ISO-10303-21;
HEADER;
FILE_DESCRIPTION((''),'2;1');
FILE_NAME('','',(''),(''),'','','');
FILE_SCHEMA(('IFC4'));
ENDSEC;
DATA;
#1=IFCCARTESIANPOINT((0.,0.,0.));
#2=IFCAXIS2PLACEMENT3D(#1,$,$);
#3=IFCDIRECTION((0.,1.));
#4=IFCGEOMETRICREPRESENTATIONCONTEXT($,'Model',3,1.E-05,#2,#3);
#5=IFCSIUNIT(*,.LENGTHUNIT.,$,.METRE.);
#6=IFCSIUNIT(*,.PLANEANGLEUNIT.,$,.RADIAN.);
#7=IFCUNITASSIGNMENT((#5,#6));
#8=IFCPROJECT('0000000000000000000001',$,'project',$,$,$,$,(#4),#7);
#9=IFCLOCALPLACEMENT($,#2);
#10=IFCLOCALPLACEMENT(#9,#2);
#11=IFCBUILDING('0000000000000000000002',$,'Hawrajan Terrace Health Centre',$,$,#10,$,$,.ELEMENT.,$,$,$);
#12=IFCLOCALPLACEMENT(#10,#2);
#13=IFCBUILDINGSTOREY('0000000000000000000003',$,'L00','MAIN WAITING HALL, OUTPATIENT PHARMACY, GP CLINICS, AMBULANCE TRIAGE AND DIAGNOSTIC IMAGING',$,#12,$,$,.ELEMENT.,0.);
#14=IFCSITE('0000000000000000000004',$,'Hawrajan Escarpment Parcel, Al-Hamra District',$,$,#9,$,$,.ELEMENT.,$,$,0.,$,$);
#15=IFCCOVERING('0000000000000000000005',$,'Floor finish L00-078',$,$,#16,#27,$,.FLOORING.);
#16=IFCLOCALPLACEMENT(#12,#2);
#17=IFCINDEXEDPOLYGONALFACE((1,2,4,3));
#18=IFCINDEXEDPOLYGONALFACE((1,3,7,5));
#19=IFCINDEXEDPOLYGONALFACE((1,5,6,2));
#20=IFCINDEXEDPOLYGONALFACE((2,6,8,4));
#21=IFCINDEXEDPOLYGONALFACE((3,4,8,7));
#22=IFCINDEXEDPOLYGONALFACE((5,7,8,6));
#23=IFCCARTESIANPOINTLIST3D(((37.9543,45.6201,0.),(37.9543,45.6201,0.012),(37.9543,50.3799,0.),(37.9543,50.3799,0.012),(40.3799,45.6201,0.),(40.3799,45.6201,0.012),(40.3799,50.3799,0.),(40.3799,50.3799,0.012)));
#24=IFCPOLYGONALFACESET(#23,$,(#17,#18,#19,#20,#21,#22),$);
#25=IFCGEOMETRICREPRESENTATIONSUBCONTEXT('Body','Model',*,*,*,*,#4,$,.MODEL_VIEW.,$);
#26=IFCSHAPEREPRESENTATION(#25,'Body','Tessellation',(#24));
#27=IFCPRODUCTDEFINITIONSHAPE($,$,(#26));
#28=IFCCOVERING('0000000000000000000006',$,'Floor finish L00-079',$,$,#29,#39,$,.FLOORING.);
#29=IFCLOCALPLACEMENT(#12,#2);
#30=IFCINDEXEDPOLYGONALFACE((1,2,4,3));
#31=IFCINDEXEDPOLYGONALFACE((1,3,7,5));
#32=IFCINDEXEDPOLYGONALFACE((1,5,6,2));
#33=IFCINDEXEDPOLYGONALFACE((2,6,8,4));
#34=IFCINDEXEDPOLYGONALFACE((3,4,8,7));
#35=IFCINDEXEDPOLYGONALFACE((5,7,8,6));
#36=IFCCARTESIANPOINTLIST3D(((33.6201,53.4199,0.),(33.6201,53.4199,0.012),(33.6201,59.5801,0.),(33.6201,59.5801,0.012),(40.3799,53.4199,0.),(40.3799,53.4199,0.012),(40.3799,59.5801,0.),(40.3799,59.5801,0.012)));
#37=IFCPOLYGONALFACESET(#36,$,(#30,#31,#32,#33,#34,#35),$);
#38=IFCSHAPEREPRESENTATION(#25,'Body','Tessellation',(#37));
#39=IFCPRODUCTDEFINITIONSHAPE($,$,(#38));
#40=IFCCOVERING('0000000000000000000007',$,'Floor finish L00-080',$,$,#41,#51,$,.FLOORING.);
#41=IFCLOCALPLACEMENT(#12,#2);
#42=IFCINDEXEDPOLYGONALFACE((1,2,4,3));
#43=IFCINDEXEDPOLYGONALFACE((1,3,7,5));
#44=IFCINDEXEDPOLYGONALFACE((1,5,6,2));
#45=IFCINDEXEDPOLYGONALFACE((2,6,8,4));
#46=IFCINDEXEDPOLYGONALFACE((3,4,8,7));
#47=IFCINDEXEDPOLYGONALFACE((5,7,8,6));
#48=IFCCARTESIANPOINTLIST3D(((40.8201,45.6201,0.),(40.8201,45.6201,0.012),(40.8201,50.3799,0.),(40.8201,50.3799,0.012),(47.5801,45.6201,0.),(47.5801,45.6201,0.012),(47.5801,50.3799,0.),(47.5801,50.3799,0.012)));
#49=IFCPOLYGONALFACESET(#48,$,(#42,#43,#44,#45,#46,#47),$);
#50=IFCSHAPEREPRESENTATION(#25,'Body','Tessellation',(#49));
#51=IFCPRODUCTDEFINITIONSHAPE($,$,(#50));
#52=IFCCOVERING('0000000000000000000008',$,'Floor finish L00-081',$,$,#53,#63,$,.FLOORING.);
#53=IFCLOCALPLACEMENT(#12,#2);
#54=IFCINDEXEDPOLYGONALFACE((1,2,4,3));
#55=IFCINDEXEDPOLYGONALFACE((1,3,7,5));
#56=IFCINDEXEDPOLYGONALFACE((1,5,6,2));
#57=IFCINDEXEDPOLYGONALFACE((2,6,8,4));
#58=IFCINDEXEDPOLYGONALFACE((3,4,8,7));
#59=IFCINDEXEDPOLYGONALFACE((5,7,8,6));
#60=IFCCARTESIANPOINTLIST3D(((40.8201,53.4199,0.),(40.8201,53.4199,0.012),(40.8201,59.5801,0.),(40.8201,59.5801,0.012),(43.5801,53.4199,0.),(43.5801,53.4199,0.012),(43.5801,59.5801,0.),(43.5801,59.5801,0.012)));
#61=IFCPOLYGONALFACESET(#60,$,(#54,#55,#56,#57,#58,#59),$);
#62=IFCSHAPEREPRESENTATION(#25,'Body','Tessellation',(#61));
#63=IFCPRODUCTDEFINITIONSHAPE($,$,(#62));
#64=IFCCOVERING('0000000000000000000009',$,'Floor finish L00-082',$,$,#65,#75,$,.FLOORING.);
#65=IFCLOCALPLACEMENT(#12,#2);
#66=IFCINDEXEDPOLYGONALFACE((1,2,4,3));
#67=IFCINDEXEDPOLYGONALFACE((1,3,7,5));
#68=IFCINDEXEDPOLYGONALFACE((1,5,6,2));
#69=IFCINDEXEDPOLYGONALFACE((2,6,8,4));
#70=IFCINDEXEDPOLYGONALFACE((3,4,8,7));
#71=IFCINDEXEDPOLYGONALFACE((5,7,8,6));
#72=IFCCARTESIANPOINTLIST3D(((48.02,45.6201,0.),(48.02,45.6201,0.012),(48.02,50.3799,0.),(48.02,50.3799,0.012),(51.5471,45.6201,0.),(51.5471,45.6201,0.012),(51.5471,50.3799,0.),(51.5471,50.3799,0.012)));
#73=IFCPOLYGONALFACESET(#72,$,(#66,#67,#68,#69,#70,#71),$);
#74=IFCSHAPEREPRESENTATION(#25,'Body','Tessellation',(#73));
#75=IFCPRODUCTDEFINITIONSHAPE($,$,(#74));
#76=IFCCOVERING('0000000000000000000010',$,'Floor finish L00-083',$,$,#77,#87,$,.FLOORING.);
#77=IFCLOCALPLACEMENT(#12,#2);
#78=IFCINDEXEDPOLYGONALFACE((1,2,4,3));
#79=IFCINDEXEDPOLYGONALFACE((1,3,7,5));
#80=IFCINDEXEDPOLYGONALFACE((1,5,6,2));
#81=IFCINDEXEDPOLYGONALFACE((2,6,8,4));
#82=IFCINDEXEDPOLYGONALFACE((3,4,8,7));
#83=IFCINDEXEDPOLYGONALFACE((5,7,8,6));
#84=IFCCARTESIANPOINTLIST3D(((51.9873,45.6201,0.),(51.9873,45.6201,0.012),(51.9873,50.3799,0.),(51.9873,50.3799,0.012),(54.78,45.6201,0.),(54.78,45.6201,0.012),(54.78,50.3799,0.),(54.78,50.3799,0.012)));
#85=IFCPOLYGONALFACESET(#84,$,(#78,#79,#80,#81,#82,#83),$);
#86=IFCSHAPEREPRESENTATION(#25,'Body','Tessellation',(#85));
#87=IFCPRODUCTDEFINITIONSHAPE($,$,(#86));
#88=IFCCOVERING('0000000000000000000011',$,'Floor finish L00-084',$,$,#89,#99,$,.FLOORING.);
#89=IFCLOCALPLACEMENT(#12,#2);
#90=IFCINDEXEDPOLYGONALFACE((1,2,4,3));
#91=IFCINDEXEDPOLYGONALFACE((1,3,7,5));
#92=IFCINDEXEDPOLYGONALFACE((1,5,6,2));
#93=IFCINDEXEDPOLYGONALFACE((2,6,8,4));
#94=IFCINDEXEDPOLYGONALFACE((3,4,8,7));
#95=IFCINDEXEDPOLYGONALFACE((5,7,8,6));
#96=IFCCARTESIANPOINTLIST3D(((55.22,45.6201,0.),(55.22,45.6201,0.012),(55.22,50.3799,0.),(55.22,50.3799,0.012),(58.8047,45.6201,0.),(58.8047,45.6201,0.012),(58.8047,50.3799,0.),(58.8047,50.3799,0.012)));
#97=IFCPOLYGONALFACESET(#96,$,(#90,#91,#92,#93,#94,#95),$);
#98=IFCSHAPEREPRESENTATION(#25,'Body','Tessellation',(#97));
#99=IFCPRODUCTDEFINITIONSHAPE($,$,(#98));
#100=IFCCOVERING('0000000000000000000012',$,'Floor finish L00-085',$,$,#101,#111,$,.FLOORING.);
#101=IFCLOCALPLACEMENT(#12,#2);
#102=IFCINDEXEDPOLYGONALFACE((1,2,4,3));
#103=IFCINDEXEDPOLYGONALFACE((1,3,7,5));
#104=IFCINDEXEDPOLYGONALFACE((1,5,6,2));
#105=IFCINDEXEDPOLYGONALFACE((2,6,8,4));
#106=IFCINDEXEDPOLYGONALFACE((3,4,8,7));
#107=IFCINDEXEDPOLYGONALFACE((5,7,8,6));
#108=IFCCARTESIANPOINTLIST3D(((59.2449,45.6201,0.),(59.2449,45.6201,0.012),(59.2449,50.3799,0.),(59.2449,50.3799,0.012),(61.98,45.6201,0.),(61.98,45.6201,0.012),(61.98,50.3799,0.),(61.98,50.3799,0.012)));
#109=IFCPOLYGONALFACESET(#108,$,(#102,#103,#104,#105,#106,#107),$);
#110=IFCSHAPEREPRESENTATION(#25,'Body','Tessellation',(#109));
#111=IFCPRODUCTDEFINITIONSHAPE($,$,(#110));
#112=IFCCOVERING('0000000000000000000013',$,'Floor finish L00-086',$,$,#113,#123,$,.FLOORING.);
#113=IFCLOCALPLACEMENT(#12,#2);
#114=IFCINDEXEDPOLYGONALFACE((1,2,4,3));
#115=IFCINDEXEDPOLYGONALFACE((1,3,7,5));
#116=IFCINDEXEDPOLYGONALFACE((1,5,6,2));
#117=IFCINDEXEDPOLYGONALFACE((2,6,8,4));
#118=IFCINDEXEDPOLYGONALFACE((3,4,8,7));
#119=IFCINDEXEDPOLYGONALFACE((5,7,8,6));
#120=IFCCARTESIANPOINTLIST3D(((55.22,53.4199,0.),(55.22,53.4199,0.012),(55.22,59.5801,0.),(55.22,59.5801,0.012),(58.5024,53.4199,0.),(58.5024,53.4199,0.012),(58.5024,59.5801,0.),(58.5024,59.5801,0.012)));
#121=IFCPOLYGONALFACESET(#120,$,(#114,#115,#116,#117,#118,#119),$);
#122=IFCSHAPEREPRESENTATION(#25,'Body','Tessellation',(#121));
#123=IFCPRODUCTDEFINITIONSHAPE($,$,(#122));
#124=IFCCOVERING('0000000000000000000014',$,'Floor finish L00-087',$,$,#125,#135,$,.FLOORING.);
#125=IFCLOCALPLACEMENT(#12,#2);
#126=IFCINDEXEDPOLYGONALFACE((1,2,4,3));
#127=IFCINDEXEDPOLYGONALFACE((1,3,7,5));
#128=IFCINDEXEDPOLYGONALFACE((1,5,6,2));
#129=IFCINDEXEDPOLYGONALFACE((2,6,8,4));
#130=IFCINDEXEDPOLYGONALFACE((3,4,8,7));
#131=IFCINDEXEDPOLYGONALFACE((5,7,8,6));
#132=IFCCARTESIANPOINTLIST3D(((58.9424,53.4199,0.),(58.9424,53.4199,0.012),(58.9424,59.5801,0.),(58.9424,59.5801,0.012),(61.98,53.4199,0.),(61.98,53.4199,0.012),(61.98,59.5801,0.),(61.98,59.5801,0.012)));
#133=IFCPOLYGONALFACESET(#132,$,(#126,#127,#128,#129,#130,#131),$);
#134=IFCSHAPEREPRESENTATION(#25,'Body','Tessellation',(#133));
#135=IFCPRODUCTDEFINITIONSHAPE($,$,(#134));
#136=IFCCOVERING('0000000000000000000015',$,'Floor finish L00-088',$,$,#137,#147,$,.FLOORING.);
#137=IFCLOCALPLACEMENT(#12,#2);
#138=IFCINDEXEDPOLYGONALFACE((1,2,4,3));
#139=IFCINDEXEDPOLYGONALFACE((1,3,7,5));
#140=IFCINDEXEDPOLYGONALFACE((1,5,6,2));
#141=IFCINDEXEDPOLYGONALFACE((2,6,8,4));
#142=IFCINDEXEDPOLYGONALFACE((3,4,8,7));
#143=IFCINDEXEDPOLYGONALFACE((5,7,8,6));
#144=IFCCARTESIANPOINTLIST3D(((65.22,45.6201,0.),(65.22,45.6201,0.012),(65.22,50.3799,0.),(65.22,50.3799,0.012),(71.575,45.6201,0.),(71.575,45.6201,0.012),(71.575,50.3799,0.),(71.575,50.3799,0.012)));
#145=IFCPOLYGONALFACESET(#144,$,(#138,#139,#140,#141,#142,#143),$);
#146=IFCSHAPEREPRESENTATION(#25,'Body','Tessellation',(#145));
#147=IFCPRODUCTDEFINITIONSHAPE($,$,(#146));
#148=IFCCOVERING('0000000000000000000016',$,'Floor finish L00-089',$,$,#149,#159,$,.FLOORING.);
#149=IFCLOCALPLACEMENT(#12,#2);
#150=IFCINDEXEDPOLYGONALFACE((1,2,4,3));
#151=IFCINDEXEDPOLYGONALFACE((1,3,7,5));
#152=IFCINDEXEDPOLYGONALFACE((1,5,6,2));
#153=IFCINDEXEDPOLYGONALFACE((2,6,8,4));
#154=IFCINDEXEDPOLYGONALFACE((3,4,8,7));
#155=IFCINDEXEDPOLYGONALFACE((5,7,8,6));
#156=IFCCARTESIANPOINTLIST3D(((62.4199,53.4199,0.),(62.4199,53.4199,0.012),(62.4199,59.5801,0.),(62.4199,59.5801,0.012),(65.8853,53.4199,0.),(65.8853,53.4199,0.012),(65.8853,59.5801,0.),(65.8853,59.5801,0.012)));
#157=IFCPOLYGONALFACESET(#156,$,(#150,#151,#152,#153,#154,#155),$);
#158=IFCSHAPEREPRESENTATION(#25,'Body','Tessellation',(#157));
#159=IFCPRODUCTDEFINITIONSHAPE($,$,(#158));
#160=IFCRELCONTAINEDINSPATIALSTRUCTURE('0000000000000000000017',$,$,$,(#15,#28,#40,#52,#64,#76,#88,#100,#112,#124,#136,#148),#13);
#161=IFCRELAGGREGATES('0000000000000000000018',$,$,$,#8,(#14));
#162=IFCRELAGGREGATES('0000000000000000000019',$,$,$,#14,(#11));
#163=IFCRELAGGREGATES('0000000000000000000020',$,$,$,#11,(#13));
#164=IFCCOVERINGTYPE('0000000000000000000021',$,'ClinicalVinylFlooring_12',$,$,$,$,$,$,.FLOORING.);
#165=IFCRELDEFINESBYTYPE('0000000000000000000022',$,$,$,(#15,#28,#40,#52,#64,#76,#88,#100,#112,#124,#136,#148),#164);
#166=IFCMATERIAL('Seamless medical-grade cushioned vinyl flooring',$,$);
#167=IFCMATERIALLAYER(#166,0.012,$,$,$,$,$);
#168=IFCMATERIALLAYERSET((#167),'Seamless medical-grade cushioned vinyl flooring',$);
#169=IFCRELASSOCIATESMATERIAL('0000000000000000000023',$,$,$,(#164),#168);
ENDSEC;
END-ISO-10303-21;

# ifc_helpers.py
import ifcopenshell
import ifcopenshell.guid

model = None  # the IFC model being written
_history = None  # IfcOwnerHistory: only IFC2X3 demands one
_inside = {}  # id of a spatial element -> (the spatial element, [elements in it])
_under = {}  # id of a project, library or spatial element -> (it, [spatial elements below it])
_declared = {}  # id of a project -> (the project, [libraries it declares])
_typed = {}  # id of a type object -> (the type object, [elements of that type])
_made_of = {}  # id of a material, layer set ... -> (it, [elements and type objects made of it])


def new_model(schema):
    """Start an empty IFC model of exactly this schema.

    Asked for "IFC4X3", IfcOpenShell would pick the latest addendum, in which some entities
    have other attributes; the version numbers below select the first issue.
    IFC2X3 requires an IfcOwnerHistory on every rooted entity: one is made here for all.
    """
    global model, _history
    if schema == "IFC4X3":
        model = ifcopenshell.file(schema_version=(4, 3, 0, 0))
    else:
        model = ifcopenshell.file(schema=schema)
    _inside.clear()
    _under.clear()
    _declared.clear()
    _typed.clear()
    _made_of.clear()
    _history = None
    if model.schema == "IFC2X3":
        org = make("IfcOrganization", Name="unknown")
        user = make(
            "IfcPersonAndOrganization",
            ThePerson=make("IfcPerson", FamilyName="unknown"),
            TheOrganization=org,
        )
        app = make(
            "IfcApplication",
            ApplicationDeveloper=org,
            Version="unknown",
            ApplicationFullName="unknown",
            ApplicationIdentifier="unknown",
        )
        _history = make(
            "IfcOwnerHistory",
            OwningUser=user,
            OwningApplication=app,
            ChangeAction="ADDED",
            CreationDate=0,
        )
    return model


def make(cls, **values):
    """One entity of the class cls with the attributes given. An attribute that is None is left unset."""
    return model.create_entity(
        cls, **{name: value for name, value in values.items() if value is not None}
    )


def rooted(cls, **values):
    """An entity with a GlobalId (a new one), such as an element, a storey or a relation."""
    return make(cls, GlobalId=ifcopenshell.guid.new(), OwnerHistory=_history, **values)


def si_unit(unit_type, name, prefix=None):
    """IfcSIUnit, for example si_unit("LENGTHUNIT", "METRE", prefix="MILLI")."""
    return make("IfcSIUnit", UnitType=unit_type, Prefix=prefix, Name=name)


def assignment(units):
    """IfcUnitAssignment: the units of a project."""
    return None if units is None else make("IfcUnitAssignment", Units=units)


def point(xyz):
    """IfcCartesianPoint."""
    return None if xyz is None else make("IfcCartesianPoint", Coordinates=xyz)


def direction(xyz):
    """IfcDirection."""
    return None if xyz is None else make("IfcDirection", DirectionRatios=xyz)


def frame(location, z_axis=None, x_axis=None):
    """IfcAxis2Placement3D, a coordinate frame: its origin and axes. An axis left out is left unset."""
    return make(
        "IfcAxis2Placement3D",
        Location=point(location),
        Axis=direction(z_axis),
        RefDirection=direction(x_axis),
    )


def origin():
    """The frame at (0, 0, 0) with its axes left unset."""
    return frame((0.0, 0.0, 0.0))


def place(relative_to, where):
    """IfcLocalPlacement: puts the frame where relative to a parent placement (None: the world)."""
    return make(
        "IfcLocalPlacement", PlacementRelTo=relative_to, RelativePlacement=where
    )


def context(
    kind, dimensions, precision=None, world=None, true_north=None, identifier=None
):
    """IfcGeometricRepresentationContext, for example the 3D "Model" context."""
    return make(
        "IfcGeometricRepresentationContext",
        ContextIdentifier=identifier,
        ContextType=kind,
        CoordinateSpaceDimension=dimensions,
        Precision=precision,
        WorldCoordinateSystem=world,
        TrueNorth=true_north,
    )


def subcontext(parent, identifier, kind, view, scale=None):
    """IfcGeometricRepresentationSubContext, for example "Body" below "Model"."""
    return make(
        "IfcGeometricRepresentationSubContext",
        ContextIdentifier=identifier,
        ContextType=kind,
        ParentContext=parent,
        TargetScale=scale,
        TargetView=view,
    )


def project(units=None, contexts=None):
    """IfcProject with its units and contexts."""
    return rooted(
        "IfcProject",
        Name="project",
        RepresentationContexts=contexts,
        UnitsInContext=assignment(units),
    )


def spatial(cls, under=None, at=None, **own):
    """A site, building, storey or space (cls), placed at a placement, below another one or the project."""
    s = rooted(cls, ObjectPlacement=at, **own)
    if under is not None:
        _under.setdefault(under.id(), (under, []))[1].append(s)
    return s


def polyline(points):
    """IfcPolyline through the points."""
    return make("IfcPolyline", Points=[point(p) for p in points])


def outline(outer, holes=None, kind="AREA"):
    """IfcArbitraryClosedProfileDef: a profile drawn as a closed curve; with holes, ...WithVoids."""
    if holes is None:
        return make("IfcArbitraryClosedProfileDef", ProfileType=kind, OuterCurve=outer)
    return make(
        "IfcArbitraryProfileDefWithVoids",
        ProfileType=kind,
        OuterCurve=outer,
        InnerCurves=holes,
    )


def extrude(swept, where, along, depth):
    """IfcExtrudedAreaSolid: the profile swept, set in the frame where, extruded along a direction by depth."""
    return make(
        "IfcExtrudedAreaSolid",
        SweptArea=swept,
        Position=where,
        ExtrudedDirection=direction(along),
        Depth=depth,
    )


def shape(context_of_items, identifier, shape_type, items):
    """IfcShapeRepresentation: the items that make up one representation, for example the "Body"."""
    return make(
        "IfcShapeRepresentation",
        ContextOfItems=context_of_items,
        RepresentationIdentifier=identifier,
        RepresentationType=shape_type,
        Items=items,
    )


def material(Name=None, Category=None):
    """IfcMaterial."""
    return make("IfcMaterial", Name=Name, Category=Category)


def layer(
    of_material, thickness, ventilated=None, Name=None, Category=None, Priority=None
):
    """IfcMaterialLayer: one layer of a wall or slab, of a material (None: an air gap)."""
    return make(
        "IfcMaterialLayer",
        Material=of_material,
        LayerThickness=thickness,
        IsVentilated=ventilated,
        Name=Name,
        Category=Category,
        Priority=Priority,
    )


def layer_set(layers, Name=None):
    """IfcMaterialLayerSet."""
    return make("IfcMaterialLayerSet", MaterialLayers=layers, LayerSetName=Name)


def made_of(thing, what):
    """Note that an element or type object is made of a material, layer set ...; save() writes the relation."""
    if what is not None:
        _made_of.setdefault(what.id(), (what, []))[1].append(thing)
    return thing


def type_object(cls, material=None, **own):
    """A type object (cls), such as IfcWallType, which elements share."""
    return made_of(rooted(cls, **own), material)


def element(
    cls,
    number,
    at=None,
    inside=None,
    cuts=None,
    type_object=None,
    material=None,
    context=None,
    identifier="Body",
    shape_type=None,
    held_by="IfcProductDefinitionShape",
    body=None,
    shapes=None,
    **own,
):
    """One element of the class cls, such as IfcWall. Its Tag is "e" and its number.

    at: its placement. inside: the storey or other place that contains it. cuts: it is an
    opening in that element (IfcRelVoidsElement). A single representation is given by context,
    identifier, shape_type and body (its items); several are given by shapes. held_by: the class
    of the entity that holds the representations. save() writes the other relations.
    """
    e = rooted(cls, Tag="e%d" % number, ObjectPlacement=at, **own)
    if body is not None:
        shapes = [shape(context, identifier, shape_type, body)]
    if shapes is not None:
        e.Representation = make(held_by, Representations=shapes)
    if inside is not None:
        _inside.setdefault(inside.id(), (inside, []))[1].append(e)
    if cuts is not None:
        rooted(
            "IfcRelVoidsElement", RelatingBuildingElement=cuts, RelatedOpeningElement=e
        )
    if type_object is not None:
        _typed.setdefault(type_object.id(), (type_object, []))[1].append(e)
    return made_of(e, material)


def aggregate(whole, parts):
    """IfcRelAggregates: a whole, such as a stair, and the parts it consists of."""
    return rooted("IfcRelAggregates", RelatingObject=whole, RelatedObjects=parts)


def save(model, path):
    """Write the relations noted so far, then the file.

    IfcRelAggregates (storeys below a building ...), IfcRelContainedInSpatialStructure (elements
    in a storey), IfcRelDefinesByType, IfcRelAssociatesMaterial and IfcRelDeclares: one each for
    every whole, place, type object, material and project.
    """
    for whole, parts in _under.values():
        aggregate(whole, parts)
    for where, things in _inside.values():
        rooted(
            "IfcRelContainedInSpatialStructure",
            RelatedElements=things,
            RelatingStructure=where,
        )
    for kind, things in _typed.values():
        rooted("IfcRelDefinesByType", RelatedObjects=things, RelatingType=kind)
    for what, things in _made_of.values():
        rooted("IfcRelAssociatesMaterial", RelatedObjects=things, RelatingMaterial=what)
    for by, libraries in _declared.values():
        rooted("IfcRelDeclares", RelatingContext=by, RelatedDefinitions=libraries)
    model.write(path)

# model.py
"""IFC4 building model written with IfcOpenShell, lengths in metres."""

from ifc_helpers import new_model, si_unit, direction, origin, place, context, subcontext, project, spatial, polyline, outline, extrude, material, layer, layer_set, type_object, element, save


model = new_model("IFC4")

# Units and contexts
model_context = context("Model", 3, precision=1e-05, world=origin(), true_north=direction((0.0, 1.0)))
body_context = subcontext(model_context, "Body", "Model", "MODEL_VIEW")
ifc_project = project(units=[si_unit("LENGTHUNIT", "METRE"), si_unit("PLANEANGLEUNIT", "RADIAN")], contexts=[model_context])

# Site, building, storey
site_placement = place(None, origin())
site = spatial("IfcSite", under=ifc_project, at=site_placement, Name="Hawrajan Escarpment Parcel, Al-Hamra District", CompositionType="ELEMENT", RefElevation=0.0)
building_placement = place(site_placement, origin())
building = spatial("IfcBuilding", under=site, at=building_placement, Name="Hawrajan Terrace Health Centre", CompositionType="ELEMENT")
storey_placement = place(building_placement, origin())
storey = spatial("IfcBuildingStorey", under=building, at=storey_placement, Name="L00", Description="MAIN WAITING HALL, OUTPATIENT PHARMACY, GP CLINICS, AMBULANCE TRIAGE AND DIAGNOSTIC IMAGING", CompositionType="ELEMENT", Elevation=0.0)

# Coverings
ifc_material = material(Name="Seamless medical-grade cushioned vinyl flooring")
ifc_layer = layer(ifc_material, 0.012)
ifc_layer_set = layer_set([ifc_layer], Name="Seamless medical-grade cushioned vinyl flooring")
covering_type = type_object("IfcCoveringType", Name="ClinicalVinylFlooring_12", PredefinedType="FLOORING", material=ifc_layer_set)
covering_1_placement = place(storey_placement, origin())
element("IfcCovering", 1, at=covering_1_placement, inside=storey, type_object=covering_type, Name="Floor finish L00-078", PredefinedType="FLOORING", context=body_context, shape_type="SweptSolid", body=[
    extrude(outline(polyline([(37.9543, 50.3799), (40.3799, 50.3799), (40.3799, 45.6201), (37.9543, 45.6201), (37.9543, 50.3799)])), origin(), (0.0, 0.0, 1.0), 0.012),
])
covering_2_placement = place(storey_placement, origin())
element("IfcCovering", 2, at=covering_2_placement, inside=storey, type_object=covering_type, Name="Floor finish L00-079", PredefinedType="FLOORING", context=body_context, shape_type="SweptSolid", body=[
    extrude(outline(polyline([(33.6201, 59.5801), (40.3799, 59.5801), (40.3799, 53.4199), (33.6201, 53.4199), (33.6201, 59.5801)])), origin(), (0.0, 0.0, 1.0), 0.012),
])
covering_3_placement = place(storey_placement, origin())
element("IfcCovering", 3, at=covering_3_placement, inside=storey, type_object=covering_type, Name="Floor finish L00-080", PredefinedType="FLOORING", context=body_context, shape_type="SweptSolid", body=[
    extrude(outline(polyline([(40.8201, 50.3799), (47.5801, 50.3799), (47.5801, 45.6201), (40.8201, 45.6201), (40.8201, 50.3799)])), origin(), (0.0, 0.0, 1.0), 0.012),
])
covering_4_placement = place(storey_placement, origin())
element("IfcCovering", 4, at=covering_4_placement, inside=storey, type_object=covering_type, Name="Floor finish L00-081", PredefinedType="FLOORING", context=body_context, shape_type="SweptSolid", body=[
    extrude(outline(polyline([(40.8201, 59.5801), (43.5801, 59.5801), (43.5801, 53.4199), (40.8201, 53.4199), (40.8201, 59.5801)])), origin(), (0.0, 0.0, 1.0), 0.012),
])
covering_5_placement = place(storey_placement, origin())
element("IfcCovering", 5, at=covering_5_placement, inside=storey, type_object=covering_type, Name="Floor finish L00-082", PredefinedType="FLOORING", context=body_context, shape_type="SweptSolid", body=[
    extrude(outline(polyline([(48.02, 50.3799), (51.5471, 50.3799), (51.5471, 45.6201), (48.02, 45.6201), (48.02, 50.3799)])), origin(), (0.0, 0.0, 1.0), 0.012),
])
covering_6_placement = place(storey_placement, origin())
element("IfcCovering", 6, at=covering_6_placement, inside=storey, type_object=covering_type, Name="Floor finish L00-083", PredefinedType="FLOORING", context=body_context, shape_type="SweptSolid", body=[
    extrude(outline(polyline([(51.9873, 50.3799), (54.78, 50.3799), (54.78, 45.6201), (51.9873, 45.6201), (51.9873, 50.3799)])), origin(), (0.0, 0.0, 1.0), 0.012),
])
covering_7_placement = place(storey_placement, origin())
element("IfcCovering", 7, at=covering_7_placement, inside=storey, type_object=covering_type, Name="Floor finish L00-084", PredefinedType="FLOORING", context=body_context, shape_type="SweptSolid", body=[
    extrude(outline(polyline([(55.22, 50.3799), (58.8047, 50.3799), (58.8047, 45.6201), (55.22, 45.6201), (55.22, 50.3799)])), origin(), (0.0, 0.0, 1.0), 0.012),
])
covering_8_placement = place(storey_placement, origin())
element("IfcCovering", 8, at=covering_8_placement, inside=storey, type_object=covering_type, Name="Floor finish L00-085", PredefinedType="FLOORING", context=body_context, shape_type="SweptSolid", body=[
    extrude(outline(polyline([(59.2449, 50.3799), (61.98, 50.3799), (61.98, 45.6201), (59.2449, 45.6201), (59.2449, 50.3799)])), origin(), (0.0, 0.0, 1.0), 0.012),
])
covering_9_placement = place(storey_placement, origin())
element("IfcCovering", 9, at=covering_9_placement, inside=storey, type_object=covering_type, Name="Floor finish L00-086", PredefinedType="FLOORING", context=body_context, shape_type="SweptSolid", body=[
    extrude(outline(polyline([(55.22, 59.5801), (58.5024, 59.5801), (58.5024, 53.4199), (55.22, 53.4199), (55.22, 59.5801)])), origin(), (0.0, 0.0, 1.0), 0.012),
])
covering_10_placement = place(storey_placement, origin())
element("IfcCovering", 10, at=covering_10_placement, inside=storey, type_object=covering_type, Name="Floor finish L00-087", PredefinedType="FLOORING", context=body_context, shape_type="SweptSolid", body=[
    extrude(outline(polyline([(58.9424, 59.5801), (61.98, 59.5801), (61.98, 53.4199), (58.9424, 53.4199), (58.9424, 59.5801)])), origin(), (0.0, 0.0, 1.0), 0.012),
])
covering_11_placement = place(storey_placement, origin())
element("IfcCovering", 11, at=covering_11_placement, inside=storey, type_object=covering_type, Name="Floor finish L00-088", PredefinedType="FLOORING", context=body_context, shape_type="SweptSolid", body=[
    extrude(outline(polyline([(65.22, 50.3799), (71.575, 50.3799), (71.575, 45.6201), (65.22, 45.6201), (65.22, 50.3799)])), origin(), (0.0, 0.0, 1.0), 0.012),
])
covering_12_placement = place(storey_placement, origin())
element("IfcCovering", 12, at=covering_12_placement, inside=storey, type_object=covering_type, Name="Floor finish L00-089", PredefinedType="FLOORING", context=body_context, shape_type="SweptSolid", body=[
    extrude(outline(polyline([(62.4199, 59.5801), (65.8853, 59.5801), (65.8853, 53.4199), (62.4199, 53.4199), (62.4199, 59.5801)])), origin(), (0.0, 0.0, 1.0), 0.012),
])

save(model, "model.ifc")
